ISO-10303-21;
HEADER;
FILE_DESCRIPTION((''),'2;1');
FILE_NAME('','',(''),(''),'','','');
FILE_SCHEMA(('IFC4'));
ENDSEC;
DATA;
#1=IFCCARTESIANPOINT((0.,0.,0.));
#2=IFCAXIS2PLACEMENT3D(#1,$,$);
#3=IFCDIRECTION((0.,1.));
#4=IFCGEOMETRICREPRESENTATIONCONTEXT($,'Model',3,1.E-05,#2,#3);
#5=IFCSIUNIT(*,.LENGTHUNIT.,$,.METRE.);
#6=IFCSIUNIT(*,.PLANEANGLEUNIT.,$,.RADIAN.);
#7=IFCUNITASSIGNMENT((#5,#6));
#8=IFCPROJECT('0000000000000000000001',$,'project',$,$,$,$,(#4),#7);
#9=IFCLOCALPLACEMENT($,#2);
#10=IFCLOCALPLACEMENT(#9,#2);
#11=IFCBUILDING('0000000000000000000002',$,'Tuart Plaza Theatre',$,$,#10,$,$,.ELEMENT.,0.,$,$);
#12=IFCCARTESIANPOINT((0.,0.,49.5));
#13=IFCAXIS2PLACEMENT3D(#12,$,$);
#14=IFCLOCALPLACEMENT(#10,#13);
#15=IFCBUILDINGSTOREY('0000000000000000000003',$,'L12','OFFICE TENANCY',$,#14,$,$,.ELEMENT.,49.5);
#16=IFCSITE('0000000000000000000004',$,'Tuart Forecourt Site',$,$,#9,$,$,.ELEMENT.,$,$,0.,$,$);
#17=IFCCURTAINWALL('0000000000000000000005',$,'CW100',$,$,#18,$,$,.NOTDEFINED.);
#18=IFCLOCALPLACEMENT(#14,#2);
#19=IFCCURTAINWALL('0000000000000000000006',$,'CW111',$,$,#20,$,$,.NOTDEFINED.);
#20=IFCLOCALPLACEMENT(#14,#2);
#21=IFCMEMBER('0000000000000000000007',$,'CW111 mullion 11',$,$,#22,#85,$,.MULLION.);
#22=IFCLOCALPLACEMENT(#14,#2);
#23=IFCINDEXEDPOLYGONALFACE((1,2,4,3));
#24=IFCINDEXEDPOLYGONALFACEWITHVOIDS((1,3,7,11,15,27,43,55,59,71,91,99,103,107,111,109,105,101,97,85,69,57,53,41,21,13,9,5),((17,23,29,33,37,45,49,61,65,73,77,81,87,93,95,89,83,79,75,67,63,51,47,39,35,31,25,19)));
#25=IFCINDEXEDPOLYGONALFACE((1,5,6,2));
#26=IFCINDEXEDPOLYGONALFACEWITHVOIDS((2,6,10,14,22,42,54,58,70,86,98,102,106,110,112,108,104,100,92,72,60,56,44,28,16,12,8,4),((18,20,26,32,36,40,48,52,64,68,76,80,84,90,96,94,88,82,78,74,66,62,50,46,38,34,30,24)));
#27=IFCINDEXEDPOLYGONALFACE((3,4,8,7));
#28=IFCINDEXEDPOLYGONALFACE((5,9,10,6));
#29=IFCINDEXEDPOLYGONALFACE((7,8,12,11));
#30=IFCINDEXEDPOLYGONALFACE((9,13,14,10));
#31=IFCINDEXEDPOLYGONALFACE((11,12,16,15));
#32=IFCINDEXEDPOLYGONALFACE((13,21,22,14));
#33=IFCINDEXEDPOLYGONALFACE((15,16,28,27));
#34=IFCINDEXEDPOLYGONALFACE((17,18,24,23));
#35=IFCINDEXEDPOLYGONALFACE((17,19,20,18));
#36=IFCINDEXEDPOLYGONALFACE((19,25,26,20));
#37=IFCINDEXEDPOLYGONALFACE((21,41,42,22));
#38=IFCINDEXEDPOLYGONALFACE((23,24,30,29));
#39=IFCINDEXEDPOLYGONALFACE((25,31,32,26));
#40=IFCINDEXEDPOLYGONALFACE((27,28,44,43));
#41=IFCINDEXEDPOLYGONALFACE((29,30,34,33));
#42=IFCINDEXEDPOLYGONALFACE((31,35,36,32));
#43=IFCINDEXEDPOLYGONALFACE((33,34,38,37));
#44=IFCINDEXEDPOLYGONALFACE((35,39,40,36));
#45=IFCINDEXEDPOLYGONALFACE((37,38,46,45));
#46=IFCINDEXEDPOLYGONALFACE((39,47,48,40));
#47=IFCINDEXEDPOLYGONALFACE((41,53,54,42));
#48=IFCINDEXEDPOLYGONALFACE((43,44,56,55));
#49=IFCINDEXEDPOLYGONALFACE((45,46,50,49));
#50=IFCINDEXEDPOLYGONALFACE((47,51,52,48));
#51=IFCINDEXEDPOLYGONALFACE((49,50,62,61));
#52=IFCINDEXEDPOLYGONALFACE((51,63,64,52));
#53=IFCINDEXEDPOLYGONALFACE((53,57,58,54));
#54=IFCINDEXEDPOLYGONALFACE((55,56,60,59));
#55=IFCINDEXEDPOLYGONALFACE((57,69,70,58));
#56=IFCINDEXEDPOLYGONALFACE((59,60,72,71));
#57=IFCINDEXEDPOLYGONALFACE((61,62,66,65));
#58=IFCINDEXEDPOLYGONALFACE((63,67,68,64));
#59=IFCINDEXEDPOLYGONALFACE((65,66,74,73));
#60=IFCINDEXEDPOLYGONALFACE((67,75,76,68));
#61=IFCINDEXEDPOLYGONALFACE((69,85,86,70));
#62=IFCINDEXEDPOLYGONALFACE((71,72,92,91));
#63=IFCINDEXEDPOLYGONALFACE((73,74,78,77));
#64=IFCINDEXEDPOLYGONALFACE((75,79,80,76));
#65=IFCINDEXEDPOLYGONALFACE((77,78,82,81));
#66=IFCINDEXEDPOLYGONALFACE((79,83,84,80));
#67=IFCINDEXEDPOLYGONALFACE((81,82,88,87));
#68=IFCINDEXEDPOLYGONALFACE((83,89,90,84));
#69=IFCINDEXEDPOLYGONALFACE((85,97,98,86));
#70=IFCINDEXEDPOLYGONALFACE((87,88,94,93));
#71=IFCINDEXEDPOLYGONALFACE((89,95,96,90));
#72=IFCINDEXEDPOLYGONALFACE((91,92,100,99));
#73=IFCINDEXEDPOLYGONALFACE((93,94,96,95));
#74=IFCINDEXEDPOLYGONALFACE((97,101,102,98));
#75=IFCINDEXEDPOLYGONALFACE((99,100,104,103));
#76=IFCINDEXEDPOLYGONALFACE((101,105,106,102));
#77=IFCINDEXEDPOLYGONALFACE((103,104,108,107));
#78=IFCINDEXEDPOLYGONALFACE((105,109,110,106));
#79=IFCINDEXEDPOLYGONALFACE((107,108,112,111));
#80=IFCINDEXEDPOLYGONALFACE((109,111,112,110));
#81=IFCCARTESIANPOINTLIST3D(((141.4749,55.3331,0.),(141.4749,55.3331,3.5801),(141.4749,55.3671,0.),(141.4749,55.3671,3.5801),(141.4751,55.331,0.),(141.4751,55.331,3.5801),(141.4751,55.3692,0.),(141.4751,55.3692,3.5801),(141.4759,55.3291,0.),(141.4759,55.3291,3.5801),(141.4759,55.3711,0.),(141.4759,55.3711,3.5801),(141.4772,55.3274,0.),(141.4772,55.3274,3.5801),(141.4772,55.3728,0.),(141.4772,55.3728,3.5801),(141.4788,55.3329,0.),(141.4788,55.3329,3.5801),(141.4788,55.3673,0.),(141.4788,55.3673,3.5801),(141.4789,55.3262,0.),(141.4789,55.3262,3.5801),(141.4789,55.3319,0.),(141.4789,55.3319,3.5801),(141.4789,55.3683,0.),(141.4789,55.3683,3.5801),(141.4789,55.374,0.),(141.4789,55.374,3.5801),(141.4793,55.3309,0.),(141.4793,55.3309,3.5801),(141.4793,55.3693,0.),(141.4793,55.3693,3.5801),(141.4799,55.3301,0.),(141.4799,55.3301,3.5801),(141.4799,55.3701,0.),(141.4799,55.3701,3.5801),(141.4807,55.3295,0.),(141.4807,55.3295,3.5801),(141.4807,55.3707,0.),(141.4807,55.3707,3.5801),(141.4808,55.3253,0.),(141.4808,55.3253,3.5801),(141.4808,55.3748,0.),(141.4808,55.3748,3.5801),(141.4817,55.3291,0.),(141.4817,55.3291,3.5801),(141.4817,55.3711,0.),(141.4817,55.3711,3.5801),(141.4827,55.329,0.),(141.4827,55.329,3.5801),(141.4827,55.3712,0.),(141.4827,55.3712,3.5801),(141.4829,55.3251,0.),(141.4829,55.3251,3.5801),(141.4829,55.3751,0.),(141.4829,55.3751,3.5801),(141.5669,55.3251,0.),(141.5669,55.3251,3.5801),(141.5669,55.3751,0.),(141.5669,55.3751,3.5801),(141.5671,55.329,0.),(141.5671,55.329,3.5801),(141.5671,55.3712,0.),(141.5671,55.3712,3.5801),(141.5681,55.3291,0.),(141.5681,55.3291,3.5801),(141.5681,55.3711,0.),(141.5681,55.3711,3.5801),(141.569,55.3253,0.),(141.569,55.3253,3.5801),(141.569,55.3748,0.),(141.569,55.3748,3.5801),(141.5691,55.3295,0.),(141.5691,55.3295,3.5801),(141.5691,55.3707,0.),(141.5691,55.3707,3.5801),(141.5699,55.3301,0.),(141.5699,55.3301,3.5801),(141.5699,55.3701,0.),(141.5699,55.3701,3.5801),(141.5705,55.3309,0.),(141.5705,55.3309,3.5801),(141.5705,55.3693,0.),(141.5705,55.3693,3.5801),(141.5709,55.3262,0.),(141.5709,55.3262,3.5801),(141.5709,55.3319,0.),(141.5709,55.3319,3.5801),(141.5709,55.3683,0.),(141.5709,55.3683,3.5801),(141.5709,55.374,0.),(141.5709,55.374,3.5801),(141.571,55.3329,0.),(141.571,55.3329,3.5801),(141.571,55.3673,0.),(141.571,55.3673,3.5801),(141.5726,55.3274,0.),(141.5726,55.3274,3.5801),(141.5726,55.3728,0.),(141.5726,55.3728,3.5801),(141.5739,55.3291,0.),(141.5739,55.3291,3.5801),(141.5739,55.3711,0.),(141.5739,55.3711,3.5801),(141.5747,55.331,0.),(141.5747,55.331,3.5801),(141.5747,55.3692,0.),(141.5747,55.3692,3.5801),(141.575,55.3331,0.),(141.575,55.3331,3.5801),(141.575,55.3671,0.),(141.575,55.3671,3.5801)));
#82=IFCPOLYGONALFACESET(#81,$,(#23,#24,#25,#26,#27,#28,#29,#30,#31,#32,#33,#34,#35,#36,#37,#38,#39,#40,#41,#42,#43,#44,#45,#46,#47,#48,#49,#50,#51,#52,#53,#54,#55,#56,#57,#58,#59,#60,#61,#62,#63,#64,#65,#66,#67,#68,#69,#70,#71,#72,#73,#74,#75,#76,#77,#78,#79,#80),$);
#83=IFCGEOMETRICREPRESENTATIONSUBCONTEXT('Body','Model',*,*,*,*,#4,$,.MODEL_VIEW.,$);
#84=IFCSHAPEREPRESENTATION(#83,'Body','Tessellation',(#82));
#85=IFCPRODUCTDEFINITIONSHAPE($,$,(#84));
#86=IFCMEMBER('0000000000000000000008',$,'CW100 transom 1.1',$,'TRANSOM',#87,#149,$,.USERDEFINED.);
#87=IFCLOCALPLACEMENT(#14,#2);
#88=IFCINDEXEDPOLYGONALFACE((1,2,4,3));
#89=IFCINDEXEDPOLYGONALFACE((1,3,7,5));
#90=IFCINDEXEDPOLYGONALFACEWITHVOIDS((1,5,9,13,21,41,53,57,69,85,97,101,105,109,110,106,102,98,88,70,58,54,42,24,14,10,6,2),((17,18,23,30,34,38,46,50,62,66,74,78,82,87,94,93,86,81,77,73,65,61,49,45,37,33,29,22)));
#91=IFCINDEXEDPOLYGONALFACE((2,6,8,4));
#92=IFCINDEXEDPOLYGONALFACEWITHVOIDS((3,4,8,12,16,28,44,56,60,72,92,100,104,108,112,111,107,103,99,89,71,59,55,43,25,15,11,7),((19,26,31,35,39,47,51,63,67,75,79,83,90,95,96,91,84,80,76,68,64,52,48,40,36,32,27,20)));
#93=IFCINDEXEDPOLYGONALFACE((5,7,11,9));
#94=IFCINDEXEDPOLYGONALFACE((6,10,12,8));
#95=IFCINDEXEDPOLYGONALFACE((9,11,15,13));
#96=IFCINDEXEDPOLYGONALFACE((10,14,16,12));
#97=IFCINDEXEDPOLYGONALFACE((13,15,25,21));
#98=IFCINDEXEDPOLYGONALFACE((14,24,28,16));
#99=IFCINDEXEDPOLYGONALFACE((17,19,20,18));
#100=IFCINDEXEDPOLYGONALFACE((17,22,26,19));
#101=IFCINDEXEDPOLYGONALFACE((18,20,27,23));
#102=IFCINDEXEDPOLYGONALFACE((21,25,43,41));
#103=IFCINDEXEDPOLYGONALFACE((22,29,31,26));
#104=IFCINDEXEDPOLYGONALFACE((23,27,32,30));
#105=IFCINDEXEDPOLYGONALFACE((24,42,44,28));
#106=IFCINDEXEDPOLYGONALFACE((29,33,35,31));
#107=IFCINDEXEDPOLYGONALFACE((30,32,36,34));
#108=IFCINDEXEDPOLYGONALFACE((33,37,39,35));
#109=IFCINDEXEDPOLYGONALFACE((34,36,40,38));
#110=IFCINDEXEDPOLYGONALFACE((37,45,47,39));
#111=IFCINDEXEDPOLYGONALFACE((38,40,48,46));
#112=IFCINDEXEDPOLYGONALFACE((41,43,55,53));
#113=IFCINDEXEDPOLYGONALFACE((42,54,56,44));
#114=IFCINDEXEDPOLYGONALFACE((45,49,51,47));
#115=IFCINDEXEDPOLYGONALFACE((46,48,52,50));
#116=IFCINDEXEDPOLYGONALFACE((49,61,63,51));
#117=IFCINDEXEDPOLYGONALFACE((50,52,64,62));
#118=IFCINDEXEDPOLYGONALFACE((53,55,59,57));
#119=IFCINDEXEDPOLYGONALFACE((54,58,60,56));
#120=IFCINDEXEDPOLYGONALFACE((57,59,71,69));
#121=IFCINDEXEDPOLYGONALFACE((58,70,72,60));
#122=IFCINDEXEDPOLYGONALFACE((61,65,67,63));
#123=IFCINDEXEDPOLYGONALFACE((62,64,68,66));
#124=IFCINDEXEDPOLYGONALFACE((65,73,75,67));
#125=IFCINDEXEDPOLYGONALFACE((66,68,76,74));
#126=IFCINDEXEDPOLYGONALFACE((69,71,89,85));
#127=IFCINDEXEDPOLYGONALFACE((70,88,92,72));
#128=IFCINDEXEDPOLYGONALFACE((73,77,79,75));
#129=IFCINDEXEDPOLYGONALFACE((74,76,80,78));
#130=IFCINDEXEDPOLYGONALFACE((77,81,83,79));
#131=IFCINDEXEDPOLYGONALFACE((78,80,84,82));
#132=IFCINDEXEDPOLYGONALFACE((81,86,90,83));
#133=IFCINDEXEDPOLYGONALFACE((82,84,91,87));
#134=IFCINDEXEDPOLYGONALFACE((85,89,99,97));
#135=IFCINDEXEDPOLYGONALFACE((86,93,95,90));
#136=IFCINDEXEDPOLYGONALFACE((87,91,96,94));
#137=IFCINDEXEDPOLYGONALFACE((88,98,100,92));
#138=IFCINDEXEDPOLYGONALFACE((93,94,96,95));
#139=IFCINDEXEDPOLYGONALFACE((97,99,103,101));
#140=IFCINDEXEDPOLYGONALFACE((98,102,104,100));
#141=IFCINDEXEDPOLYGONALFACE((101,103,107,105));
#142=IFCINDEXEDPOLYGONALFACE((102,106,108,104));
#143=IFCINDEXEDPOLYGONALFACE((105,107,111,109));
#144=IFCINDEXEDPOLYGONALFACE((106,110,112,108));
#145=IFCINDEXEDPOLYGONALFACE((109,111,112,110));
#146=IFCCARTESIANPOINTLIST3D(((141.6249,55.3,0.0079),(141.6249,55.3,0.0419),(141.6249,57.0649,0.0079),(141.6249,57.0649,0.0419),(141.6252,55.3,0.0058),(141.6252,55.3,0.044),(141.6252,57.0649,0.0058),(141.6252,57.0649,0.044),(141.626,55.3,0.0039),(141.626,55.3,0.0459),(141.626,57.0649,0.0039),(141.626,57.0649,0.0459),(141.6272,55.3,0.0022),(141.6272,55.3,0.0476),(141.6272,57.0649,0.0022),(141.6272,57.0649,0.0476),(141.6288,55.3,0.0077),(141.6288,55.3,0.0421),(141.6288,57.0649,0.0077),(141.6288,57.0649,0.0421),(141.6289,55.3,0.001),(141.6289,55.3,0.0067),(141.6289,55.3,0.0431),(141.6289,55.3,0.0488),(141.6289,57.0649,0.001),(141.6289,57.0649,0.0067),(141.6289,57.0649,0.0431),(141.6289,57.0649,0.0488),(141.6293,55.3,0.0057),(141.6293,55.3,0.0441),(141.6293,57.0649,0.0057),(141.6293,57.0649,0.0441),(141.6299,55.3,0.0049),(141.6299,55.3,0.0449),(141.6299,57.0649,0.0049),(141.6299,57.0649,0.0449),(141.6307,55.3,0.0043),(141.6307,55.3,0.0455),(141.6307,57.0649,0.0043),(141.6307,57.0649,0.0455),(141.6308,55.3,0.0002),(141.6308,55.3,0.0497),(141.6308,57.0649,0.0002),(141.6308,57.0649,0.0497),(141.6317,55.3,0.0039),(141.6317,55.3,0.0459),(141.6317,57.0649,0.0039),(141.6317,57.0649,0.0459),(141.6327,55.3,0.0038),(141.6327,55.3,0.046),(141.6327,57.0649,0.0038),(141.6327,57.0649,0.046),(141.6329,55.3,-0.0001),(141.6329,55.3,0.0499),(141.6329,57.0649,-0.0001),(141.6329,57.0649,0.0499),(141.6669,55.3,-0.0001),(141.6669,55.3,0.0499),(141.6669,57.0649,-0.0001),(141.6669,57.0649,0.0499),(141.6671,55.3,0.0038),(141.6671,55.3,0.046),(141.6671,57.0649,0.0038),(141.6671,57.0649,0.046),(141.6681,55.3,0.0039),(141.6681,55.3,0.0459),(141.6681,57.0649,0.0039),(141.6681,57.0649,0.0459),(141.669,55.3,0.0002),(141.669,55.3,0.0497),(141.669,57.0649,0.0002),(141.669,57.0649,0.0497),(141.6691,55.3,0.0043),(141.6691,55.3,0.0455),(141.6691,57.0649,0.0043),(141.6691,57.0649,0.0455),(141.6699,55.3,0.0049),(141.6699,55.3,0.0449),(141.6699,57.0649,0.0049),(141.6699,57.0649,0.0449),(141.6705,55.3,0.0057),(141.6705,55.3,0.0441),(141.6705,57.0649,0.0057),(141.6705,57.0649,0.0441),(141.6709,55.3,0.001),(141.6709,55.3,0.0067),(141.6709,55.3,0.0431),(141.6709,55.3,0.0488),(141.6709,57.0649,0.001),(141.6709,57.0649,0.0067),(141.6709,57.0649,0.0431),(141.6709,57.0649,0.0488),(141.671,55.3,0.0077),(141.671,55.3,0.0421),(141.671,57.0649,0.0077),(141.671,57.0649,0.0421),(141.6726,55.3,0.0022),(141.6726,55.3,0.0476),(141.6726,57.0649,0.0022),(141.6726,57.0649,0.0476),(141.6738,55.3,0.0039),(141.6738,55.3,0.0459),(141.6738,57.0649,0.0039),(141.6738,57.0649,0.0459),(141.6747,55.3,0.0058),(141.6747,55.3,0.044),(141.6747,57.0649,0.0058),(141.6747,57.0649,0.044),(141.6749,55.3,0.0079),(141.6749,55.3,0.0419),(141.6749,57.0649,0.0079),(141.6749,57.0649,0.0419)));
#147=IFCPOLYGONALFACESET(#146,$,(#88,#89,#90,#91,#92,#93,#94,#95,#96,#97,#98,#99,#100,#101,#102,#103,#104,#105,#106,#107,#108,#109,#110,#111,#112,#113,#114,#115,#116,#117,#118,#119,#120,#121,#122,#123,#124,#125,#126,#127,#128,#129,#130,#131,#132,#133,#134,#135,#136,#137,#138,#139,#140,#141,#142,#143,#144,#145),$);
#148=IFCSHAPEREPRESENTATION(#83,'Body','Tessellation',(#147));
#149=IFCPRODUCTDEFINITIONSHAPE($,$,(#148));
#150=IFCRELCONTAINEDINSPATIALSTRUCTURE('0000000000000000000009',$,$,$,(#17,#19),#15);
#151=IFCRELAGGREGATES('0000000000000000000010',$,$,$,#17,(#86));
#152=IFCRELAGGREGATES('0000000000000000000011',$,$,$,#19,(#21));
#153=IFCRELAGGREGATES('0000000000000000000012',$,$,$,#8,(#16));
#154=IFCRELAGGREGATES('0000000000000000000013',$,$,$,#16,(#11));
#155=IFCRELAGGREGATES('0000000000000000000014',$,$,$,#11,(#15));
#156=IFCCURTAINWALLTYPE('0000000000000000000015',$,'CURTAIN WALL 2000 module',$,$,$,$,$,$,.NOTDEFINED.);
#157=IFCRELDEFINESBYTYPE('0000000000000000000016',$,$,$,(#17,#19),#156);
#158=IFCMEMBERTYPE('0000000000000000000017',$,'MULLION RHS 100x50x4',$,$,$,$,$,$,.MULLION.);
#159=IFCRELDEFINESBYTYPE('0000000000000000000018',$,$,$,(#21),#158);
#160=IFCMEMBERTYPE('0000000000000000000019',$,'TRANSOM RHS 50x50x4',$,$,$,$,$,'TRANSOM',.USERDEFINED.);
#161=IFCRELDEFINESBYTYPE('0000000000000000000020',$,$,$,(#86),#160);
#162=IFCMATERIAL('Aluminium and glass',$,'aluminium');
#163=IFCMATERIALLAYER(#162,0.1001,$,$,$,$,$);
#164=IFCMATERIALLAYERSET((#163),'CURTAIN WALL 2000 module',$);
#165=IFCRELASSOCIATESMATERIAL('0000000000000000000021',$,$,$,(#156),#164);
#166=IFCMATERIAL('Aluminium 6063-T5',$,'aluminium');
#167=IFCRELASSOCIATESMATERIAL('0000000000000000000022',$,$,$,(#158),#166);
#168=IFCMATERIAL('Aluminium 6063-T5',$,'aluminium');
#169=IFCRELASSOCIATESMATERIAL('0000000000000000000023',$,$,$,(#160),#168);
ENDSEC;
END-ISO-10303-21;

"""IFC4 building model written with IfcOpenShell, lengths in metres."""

from ifc_helpers import new_model, si_unit, direction, frame, origin, origin_2d, place, context, subcontext, project, spatial, hollow_rectangle, extrude, material, layer, layer_set, material_profile, profile_set, type_object, element, aggregate, save


model = new_model("IFC4")

# Units and contexts
model_context = context("Model", 3, precision=1e-05, world=origin(), true_north=direction((0.0, 1.0)))
body_context = subcontext(model_context, "Body", "Model", "MODEL_VIEW")
ifc_project = project(units=[si_unit("LENGTHUNIT", "METRE"), si_unit("PLANEANGLEUNIT", "RADIAN")], contexts=[model_context])

# Site, building, storey
site_placement = place(None, origin())
site = spatial("IfcSite", under=ifc_project, at=site_placement, Name="Tuart Forecourt Site", CompositionType="ELEMENT", RefElevation=0.0)
building_placement = place(site_placement, origin())
building = spatial("IfcBuilding", under=site, at=building_placement, Name="Tuart Plaza Theatre", CompositionType="ELEMENT", ElevationOfRefHeight=0.0)
storey_placement = place(building_placement, frame((0.0, 0.0, 49.5)))
storey = spatial("IfcBuildingStorey", under=building, at=storey_placement, Name="L12", Description="OFFICE TENANCY", CompositionType="ELEMENT", Elevation=49.5)

# Curtain wall
ifc_material_1 = material(Name="Aluminium and glass", Category="aluminium")
ifc_layer_1 = layer(ifc_material_1, 0.1001)
ifc_layer_set_1 = layer_set([ifc_layer_1], Name="CURTAIN WALL 2000 module")
curtain_wall_type = type_object("IfcCurtainWallType", Name="CURTAIN WALL 2000 module", PredefinedType="NOTDEFINED", material=ifc_layer_set_1)
curtain_wall_1_placement = place(storey_placement, origin())
curtain_wall_1 = element("IfcCurtainWall", 1, at=curtain_wall_1_placement, inside=storey, type_object=curtain_wall_type, Name="CW100", PredefinedType="NOTDEFINED")
ifc_material_2 = material(Name="Aluminium 6063-T5", Category="aluminium")
ifc_material_profile_1 = material_profile(ifc_material_2, hollow_rectangle(XDim=0.05, YDim=0.1001, WallThickness=0.0039, InnerFilletRadius=0.0039, OuterFilletRadius=0.0081, at=origin_2d()), Name="RHS 100x50x4")
ifc_profile_set_1 = profile_set([ifc_material_profile_1], Name="Aluminium 6063-T5")
member_type_1 = type_object("IfcMemberType", Name="MULLION RHS 100x50x4", PredefinedType="MULLION", material=ifc_profile_set_1)

# Curtain wall, member
curtain_wall_2_placement = place(storey_placement, origin())
curtain_wall_2 = element("IfcCurtainWall", 2, at=curtain_wall_2_placement, inside=storey, type_object=curtain_wall_type, Name="CW111", PredefinedType="NOTDEFINED")
member_1_placement = place(storey_placement, frame((141.5249, 55.3501, 0.0), z_axis=(0.0, 0.0, 1.0), x_axis=(0.0, 1.0, 0.0)))
member_1 = element("IfcMember", 3, at=member_1_placement, type_object=member_type_1, Name="CW111 mullion 11", PredefinedType="MULLION", context=body_context, shape_type="SweptSolid", body=[
    extrude(hollow_rectangle(XDim=0.05, YDim=0.1001, WallThickness=0.0039, InnerFilletRadius=0.0039, OuterFilletRadius=0.0081, at=origin_2d()), origin(), (0.0, 0.0, 1.0), 3.5801),
])

# Member
ifc_material_3 = material(Name="Aluminium 6063-T5", Category="aluminium")
ifc_material_profile_2 = material_profile(ifc_material_3, hollow_rectangle(XDim=0.05, YDim=0.05, WallThickness=0.0039, InnerFilletRadius=0.0039, OuterFilletRadius=0.0081, at=origin_2d()), Name="RHS 50x50x4")
ifc_profile_set_2 = profile_set([ifc_material_profile_2], Name="Aluminium 6063-T5")
member_type_2 = type_object("IfcMemberType", Name="TRANSOM RHS 50x50x4", ElementType="TRANSOM", PredefinedType="USERDEFINED", material=ifc_profile_set_2)
member_2_placement = place(storey_placement, frame((141.6499, 55.3, 0.0249), z_axis=(0.0, 1.0, 0.0), x_axis=(-1.0, 0.0, 0.0)))
member_2 = element("IfcMember", 4, at=member_2_placement, type_object=member_type_2, Name="CW100 transom 1.1", ObjectType="TRANSOM", PredefinedType="USERDEFINED", context=body_context, shape_type="SweptSolid", body=[
    extrude(hollow_rectangle(XDim=0.05, YDim=0.05, WallThickness=0.0039, InnerFilletRadius=0.0039, OuterFilletRadius=0.0081, at=origin_2d()), origin(), (0.0, 0.0, 1.0), 1.7649),
])
aggregate(curtain_wall_1, [member_2])

aggregate(curtain_wall_2, [member_1])

save(model, "model.ifc")
